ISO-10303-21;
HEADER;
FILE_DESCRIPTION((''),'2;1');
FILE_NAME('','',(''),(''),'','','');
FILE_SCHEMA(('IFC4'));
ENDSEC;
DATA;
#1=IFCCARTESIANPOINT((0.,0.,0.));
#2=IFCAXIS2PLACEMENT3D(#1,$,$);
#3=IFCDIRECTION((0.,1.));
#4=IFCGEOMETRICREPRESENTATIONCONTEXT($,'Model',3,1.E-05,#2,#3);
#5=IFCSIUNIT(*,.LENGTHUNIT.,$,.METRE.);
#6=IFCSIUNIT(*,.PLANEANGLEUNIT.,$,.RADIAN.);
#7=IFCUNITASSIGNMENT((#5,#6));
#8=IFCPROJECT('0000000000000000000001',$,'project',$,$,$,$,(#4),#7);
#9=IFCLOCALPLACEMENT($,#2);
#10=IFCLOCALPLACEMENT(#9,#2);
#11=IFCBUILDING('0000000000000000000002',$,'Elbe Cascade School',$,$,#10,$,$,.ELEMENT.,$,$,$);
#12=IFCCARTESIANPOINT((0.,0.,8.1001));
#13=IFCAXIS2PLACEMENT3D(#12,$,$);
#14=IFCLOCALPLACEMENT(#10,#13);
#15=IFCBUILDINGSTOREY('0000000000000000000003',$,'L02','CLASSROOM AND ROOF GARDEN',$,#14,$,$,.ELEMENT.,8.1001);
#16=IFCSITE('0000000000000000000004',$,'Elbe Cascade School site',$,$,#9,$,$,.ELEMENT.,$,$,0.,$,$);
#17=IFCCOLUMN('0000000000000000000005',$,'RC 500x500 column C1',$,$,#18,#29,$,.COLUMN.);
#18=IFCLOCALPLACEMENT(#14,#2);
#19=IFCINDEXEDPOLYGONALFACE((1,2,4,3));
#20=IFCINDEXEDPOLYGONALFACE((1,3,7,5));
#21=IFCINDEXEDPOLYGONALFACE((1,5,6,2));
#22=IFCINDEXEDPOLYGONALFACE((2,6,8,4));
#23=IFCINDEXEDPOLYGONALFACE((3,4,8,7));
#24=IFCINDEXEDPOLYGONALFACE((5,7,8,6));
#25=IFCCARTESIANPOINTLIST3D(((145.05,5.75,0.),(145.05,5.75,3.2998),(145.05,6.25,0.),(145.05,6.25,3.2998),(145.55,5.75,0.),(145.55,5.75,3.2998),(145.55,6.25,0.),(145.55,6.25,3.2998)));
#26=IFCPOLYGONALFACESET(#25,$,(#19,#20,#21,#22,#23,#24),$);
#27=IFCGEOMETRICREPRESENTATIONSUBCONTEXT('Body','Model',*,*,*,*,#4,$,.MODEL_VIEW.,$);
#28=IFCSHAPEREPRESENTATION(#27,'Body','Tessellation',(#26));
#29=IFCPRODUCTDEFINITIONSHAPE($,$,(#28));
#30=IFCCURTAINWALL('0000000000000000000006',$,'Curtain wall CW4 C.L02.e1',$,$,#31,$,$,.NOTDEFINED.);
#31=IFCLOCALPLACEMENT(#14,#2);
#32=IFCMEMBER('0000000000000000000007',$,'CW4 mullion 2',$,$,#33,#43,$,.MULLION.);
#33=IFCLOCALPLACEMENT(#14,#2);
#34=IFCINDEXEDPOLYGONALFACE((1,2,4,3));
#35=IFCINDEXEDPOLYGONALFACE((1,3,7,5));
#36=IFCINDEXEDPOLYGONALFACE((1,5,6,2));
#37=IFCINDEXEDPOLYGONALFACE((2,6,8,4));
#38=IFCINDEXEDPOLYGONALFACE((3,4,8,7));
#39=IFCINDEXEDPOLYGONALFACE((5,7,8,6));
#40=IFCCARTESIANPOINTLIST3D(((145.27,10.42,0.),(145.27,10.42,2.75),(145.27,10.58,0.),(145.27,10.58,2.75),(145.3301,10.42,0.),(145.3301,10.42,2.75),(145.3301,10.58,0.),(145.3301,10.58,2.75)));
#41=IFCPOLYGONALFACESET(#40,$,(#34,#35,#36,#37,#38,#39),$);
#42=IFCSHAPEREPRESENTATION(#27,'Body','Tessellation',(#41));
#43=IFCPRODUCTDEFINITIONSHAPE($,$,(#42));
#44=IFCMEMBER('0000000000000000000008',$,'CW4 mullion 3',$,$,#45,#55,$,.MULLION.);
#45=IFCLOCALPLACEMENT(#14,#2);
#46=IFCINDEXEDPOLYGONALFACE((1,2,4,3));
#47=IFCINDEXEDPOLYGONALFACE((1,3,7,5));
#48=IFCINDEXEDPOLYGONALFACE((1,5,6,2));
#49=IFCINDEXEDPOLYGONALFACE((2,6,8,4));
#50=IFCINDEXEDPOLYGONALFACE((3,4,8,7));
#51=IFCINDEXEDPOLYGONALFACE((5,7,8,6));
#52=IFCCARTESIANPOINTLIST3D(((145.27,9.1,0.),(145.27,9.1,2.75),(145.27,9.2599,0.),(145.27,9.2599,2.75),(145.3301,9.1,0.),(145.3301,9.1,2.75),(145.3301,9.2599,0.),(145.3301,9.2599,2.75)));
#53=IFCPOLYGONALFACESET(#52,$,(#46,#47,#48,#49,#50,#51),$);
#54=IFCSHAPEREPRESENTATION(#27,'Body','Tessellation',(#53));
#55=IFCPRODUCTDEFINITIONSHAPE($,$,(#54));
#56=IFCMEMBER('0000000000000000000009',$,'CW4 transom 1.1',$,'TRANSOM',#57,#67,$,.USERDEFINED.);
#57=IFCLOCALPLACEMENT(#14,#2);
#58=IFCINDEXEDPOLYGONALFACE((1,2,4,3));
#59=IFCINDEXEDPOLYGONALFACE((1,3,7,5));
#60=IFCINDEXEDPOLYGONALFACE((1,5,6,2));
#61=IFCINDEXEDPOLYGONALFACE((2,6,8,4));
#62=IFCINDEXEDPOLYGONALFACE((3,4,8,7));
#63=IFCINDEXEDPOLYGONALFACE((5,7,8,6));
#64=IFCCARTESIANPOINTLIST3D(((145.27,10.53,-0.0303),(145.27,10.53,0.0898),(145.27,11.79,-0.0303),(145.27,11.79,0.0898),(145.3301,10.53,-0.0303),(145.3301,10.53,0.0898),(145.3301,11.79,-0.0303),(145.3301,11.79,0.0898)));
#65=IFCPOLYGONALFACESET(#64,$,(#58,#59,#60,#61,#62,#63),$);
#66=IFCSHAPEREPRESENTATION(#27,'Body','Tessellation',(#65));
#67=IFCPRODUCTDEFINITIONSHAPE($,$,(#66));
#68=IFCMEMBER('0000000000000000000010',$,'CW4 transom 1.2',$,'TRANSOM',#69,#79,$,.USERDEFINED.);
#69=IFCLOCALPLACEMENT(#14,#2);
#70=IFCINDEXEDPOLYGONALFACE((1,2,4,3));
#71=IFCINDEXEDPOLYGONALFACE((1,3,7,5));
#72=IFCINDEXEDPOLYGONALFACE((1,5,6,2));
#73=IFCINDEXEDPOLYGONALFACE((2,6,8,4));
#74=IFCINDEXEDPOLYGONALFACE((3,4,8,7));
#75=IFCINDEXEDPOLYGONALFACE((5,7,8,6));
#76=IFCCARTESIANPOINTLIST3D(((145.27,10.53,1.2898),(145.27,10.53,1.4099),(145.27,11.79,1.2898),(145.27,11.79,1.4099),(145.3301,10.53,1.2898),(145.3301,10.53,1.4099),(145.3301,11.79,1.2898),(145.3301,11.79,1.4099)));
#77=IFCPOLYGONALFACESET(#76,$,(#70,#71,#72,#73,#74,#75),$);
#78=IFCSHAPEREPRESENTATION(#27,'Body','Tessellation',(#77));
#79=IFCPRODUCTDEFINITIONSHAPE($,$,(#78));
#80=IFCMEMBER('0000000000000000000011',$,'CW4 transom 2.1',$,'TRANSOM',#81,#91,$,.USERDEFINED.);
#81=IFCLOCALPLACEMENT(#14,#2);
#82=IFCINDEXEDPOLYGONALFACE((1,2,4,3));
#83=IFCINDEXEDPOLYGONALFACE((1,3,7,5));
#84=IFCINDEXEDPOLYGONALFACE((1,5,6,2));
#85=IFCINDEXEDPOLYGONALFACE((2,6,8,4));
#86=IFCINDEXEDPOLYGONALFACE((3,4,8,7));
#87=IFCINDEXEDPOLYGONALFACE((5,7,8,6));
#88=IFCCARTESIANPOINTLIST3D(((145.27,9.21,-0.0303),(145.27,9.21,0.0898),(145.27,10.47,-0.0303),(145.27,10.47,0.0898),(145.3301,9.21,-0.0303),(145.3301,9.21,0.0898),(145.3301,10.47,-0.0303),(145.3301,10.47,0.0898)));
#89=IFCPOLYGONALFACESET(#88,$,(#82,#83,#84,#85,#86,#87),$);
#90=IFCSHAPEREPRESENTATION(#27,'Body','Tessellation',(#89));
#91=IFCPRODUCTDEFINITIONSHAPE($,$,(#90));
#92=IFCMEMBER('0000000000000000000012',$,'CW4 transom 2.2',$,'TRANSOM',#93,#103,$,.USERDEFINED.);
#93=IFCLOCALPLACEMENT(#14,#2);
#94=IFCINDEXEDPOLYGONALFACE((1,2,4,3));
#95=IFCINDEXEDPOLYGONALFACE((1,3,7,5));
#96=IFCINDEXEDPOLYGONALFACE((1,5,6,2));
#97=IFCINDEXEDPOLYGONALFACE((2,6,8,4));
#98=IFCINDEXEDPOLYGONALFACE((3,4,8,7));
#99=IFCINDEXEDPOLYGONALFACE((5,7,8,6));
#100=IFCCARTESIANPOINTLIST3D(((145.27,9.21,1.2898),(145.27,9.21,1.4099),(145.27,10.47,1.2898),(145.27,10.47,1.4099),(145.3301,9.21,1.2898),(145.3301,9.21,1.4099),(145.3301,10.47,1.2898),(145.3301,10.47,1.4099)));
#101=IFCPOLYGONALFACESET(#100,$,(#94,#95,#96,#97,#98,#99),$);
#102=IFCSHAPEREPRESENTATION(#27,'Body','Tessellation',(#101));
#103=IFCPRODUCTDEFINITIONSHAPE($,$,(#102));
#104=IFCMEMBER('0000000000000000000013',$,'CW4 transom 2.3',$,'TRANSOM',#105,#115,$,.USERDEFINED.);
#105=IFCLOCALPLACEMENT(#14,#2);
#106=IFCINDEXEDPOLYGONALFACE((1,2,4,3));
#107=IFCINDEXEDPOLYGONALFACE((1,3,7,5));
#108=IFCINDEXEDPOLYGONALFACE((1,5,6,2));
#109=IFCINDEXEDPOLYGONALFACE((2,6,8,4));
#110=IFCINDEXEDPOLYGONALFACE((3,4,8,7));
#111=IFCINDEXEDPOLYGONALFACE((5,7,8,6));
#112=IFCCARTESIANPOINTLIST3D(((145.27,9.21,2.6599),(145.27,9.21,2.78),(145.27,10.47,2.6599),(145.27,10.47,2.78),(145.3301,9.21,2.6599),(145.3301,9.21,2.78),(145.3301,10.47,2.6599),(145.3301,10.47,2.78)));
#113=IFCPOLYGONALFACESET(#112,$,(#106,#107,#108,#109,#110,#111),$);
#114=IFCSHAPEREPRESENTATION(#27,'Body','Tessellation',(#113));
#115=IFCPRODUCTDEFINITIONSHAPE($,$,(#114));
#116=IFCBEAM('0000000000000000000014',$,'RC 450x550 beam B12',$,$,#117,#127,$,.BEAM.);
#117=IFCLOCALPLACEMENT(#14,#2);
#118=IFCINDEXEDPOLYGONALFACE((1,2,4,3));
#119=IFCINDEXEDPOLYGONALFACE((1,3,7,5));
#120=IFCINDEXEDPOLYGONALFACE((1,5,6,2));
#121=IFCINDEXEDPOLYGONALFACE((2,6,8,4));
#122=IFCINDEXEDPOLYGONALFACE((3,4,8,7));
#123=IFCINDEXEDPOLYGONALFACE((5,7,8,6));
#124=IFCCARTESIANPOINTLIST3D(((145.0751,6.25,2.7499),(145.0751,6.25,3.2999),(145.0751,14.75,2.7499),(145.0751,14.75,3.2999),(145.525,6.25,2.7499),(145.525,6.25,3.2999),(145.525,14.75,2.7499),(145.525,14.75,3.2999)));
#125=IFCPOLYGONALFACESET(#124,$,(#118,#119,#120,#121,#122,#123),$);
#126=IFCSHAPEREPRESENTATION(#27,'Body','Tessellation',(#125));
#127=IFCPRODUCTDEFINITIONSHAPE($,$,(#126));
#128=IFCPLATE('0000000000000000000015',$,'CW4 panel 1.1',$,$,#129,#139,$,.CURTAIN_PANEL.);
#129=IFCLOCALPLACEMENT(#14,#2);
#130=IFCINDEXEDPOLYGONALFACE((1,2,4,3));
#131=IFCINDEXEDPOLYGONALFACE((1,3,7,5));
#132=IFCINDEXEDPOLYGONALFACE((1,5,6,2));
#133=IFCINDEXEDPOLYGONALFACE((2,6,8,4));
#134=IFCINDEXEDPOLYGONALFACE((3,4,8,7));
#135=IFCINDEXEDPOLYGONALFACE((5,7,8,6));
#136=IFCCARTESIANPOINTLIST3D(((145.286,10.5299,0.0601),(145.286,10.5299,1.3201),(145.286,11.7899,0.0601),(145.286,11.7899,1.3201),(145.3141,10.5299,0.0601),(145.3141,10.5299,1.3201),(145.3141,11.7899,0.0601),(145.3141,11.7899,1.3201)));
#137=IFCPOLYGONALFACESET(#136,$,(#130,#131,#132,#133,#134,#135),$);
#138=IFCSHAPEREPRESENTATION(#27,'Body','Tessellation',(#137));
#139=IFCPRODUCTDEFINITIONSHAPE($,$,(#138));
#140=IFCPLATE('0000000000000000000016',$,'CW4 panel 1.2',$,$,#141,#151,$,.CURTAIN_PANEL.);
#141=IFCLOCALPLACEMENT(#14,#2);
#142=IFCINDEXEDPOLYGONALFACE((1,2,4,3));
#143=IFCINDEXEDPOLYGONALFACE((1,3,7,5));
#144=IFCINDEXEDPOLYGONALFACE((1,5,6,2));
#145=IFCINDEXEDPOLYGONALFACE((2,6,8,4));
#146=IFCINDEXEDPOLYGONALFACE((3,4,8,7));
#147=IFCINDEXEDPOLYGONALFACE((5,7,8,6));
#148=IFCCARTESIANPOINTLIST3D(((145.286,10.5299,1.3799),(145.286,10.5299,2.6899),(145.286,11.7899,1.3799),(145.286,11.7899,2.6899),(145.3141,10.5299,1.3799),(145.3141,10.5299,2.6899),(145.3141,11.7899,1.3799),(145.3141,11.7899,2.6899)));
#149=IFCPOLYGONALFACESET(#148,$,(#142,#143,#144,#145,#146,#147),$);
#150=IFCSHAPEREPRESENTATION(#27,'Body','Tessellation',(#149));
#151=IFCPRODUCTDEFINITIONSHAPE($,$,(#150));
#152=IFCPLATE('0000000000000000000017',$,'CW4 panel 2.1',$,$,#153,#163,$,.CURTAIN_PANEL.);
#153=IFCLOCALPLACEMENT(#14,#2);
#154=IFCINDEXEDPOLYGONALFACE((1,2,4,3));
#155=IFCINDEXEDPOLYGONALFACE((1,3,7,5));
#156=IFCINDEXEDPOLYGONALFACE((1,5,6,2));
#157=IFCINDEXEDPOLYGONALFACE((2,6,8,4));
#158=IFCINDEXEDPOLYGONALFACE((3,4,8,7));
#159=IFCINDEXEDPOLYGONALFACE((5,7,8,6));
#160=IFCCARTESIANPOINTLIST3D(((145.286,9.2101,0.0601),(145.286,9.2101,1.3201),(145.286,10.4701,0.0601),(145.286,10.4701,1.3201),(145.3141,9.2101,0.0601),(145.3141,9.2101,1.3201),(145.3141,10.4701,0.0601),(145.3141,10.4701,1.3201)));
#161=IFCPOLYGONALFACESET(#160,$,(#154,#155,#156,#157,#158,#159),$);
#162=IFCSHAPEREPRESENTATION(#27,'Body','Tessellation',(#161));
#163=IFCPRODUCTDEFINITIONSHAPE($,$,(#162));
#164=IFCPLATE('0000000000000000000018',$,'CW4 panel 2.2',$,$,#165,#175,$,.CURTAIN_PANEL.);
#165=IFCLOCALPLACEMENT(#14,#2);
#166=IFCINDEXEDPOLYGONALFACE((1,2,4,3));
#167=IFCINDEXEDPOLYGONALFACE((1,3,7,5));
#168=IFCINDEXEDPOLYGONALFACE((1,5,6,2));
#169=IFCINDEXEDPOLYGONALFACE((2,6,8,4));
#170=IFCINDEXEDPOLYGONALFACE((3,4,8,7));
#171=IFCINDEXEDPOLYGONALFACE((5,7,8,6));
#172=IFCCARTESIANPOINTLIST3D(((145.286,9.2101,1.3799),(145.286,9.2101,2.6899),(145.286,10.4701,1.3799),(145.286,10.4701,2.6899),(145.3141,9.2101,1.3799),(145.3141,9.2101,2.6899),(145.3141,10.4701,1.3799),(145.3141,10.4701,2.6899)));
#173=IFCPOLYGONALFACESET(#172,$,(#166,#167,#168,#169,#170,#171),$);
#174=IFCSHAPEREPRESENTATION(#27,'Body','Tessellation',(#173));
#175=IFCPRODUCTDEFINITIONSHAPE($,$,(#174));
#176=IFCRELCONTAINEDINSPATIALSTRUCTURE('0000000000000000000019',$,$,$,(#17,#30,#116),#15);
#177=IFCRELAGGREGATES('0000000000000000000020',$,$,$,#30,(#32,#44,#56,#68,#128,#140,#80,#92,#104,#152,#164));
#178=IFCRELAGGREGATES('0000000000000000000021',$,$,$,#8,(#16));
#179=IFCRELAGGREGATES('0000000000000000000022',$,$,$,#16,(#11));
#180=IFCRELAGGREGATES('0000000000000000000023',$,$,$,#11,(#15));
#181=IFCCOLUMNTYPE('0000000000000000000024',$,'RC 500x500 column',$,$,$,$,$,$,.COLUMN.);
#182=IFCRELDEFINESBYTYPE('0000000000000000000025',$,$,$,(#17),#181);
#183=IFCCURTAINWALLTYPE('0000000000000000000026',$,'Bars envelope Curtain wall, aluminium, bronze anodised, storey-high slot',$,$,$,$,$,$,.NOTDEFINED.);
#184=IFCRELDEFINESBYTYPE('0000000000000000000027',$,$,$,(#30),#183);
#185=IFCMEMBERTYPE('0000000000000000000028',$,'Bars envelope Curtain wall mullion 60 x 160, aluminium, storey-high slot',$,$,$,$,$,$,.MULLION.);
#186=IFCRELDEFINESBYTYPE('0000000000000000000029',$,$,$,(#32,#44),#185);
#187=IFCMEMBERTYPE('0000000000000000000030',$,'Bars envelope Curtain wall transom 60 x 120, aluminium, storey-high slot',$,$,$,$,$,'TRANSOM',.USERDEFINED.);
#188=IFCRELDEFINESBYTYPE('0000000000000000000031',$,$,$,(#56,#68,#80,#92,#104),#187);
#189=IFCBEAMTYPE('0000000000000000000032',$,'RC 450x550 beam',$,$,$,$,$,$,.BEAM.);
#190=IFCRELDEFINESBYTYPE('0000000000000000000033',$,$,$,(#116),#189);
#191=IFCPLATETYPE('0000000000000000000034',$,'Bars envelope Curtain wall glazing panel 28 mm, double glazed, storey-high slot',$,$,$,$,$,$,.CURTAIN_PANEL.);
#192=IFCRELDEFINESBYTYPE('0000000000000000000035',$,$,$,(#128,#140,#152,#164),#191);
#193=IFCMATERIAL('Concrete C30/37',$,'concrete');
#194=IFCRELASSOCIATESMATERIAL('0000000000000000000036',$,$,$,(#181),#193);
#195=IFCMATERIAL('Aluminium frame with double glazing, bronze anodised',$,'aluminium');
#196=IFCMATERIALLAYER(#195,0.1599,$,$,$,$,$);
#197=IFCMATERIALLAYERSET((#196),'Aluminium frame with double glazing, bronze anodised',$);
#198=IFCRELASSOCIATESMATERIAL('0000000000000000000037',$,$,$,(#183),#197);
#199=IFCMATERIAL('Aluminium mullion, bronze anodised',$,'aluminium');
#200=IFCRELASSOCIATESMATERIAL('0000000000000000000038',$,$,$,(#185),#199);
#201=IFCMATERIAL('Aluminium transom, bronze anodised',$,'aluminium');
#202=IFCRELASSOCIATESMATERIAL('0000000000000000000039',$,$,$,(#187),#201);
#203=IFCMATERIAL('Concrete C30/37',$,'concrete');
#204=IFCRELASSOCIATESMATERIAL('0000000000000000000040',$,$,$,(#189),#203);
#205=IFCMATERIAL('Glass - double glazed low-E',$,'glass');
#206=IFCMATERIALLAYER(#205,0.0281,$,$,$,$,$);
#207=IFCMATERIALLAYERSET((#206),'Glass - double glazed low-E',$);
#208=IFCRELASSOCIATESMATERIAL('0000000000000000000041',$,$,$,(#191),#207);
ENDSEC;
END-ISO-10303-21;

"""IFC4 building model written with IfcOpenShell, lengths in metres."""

from ifc_helpers import new_model, si_unit, direction, frame, origin, origin_2d, place, context, subcontext, project, spatial, rectangle, extrude, material, layer, layer_set, material_profile, profile_set, type_object, element, aggregate, save


model = new_model("IFC4")

# Units and contexts
model_context = context("Model", 3, precision=1e-05, world=origin(), true_north=direction((0.0, 1.0)))
body_context = subcontext(model_context, "Body", "Model", "MODEL_VIEW")
ifc_project = project(units=[si_unit("LENGTHUNIT", "METRE"), si_unit("PLANEANGLEUNIT", "RADIAN")], contexts=[model_context])

# Site, building, storey
site_placement = place(None, origin())
site = spatial("IfcSite", under=ifc_project, at=site_placement, Name="Elbe Cascade School site", CompositionType="ELEMENT", RefElevation=0.0)
building_placement = place(site_placement, origin())
building = spatial("IfcBuilding", under=site, at=building_placement, Name="Elbe Cascade School", CompositionType="ELEMENT")
storey_placement = place(building_placement, frame((0.0, 0.0, 8.1001)))
storey = spatial("IfcBuildingStorey", under=building, at=storey_placement, Name="L02", Description="CLASSROOM AND ROOF GARDEN", CompositionType="ELEMENT", Elevation=8.1001)

# Column
ifc_material_1 = material(Name="Concrete C30/37", Category="concrete")
ifc_material_profile_1 = material_profile(ifc_material_1, rectangle(XDim=0.5, YDim=0.5, at=origin_2d()), Name="RC 500x500")
ifc_profile_set_1 = profile_set([ifc_material_profile_1], Name="Concrete C30/37")
column_type = type_object("IfcColumnType", Name="RC 500x500 column", PredefinedType="COLUMN", material=ifc_profile_set_1)
column_placement = place(storey_placement, frame((145.3, 6.0, 0.0), z_axis=(0.0, 0.0, 1.0), x_axis=(1.0, 0.0, 0.0)))
element("IfcColumn", 1, at=column_placement, inside=storey, type_object=column_type, Name="RC 500x500 column C1", PredefinedType="COLUMN", context=body_context, shape_type="SweptSolid", body=[
    extrude(rectangle(XDim=0.5, YDim=0.5, at=origin_2d()), origin(), (0.0, 0.0, 1.0), 3.2998),
])

# Curtain wall, members
ifc_material_2 = material(Name="Aluminium frame with double glazing, bronze anodised", Category="aluminium")
ifc_layer_1 = layer(ifc_material_2, 0.1599)
ifc_layer_set_1 = layer_set([ifc_layer_1], Name="Aluminium frame with double glazing, bronze anodised")
curtain_wall_type = type_object("IfcCurtainWallType", Name="Bars envelope Curtain wall, aluminium, bronze anodised, storey-high slot", PredefinedType="NOTDEFINED", material=ifc_layer_set_1)
curtain_wall_placement = place(storey_placement, origin())
curtain_wall = element("IfcCurtainWall", 2, at=curtain_wall_placement, inside=storey, type_object=curtain_wall_type, Name="Curtain wall CW4 C.L02.e1", PredefinedType="NOTDEFINED")
ifc_material_3 = material(Name="Aluminium mullion, bronze anodised", Category="aluminium")
ifc_material_profile_2 = material_profile(ifc_material_3, rectangle(XDim=0.0601, YDim=0.1599, at=origin_2d()), Name="Bars envelope Curtain wall mullion 60 x 160, aluminium, storey-high slot")
ifc_profile_set_2 = profile_set([ifc_material_profile_2], Name="Aluminium mullion, bronze anodised")
member_type_1 = type_object("IfcMemberType", Name="Bars envelope Curtain wall mullion 60 x 160, aluminium, storey-high slot", PredefinedType="MULLION", material=ifc_profile_set_2)
member_1_placement = place(storey_placement, frame((145.3, 10.5, 0.0), z_axis=(0.0, 0.0, 1.0), x_axis=(1.0, 0.0, 0.0)))
member_1 = element("IfcMember", 3, at=member_1_placement, type_object=member_type_1, Name="CW4 mullion 2", PredefinedType="MULLION", context=body_context, shape_type="SweptSolid", body=[
    extrude(rectangle(XDim=0.0601, YDim=0.1599, at=origin_2d()), origin(), (0.0, 0.0, 1.0), 2.75),
])
member_2_placement = place(storey_placement, frame((145.3, 9.1799, 0.0), z_axis=(0.0, 0.0, 1.0), x_axis=(1.0, 0.0, 0.0)))
member_2 = element("IfcMember", 4, at=member_2_placement, type_object=member_type_1, Name="CW4 mullion 3", PredefinedType="MULLION", context=body_context, shape_type="SweptSolid", body=[
    extrude(rectangle(XDim=0.0601, YDim=0.1599, at=origin_2d()), origin(), (0.0, 0.0, 1.0), 2.75),
])
ifc_material_4 = material(Name="Aluminium transom, bronze anodised", Category="aluminium")
ifc_material_profile_3 = material_profile(ifc_material_4, rectangle(XDim=0.0601, YDim=0.1201, at=origin_2d()), Name="Bars envelope Curtain wall transom 60 x 120, aluminium, storey-high slot")
ifc_profile_set_3 = profile_set([ifc_material_profile_3], Name="Aluminium transom, bronze anodised")
member_type_2 = type_object("IfcMemberType", Name="Bars envelope Curtain wall transom 60 x 120, aluminium, storey-high slot", ElementType="TRANSOM", PredefinedType="USERDEFINED", material=ifc_profile_set_3)
member_3_placement = place(storey_placement, frame((145.3, 11.79, 0.0298), z_axis=(0.0, -1.0, 0.0), x_axis=(1.0, 0.0, 0.0)))
member_3 = element("IfcMember", 5, at=member_3_placement, type_object=member_type_2, Name="CW4 transom 1.1", ObjectType="TRANSOM", PredefinedType="USERDEFINED", context=body_context, shape_type="SweptSolid", body=[
    extrude(rectangle(XDim=0.0601, YDim=0.1201, at=origin_2d()), origin(), (0.0, 0.0, 1.0), 1.26),
])
member_4_placement = place(storey_placement, frame((145.3, 11.79, 1.3499), z_axis=(0.0, -1.0, 0.0), x_axis=(1.0, 0.0, 0.0)))
member_4 = element("IfcMember", 6, at=member_4_placement, type_object=member_type_2, Name="CW4 transom 1.2", ObjectType="TRANSOM", PredefinedType="USERDEFINED", context=body_context, shape_type="SweptSolid", body=[
    extrude(rectangle(XDim=0.0601, YDim=0.1201, at=origin_2d()), origin(), (0.0, 0.0, 1.0), 1.26),
])
member_5_placement = place(storey_placement, frame((145.3, 10.47, 0.0298), z_axis=(0.0, -1.0, 0.0), x_axis=(1.0, 0.0, 0.0)))
member_5 = element("IfcMember", 7, at=member_5_placement, type_object=member_type_2, Name="CW4 transom 2.1", ObjectType="TRANSOM", PredefinedType="USERDEFINED", context=body_context, shape_type="SweptSolid", body=[
    extrude(rectangle(XDim=0.0601, YDim=0.1201, at=origin_2d()), origin(), (0.0, 0.0, 1.0), 1.26),
])
member_6_placement = place(storey_placement, frame((145.3, 10.47, 1.3499), z_axis=(0.0, -1.0, 0.0), x_axis=(1.0, 0.0, 0.0)))
member_6 = element("IfcMember", 8, at=member_6_placement, type_object=member_type_2, Name="CW4 transom 2.2", ObjectType="TRANSOM", PredefinedType="USERDEFINED", context=body_context, shape_type="SweptSolid", body=[
    extrude(rectangle(XDim=0.0601, YDim=0.1201, at=origin_2d()), origin(), (0.0, 0.0, 1.0), 1.26),
])
member_7_placement = place(storey_placement, frame((145.3, 10.47, 2.72), z_axis=(0.0, -1.0, 0.0), x_axis=(1.0, 0.0, 0.0)))
member_7 = element("IfcMember", 9, at=member_7_placement, type_object=member_type_2, Name="CW4 transom 2.3", ObjectType="TRANSOM", PredefinedType="USERDEFINED", context=body_context, shape_type="SweptSolid", body=[
    extrude(rectangle(XDim=0.0601, YDim=0.1201, at=origin_2d()), origin(), (0.0, 0.0, 1.0), 1.26),
])

# Beam
ifc_material_5 = material(Name="Concrete C30/37", Category="concrete")
ifc_material_profile_4 = material_profile(ifc_material_5, rectangle(XDim=0.45, YDim=0.55, at=origin_2d()), Name="RC 450x550")
ifc_profile_set_4 = profile_set([ifc_material_profile_4], Name="Concrete C30/37")
beam_type = type_object("IfcBeamType", Name="RC 450x550 beam", PredefinedType="BEAM", material=ifc_profile_set_4)
beam_placement = place(storey_placement, frame((145.3, 6.25, 3.0249), z_axis=(0.0, 1.0, 0.0), x_axis=(-1.0, 0.0, 0.0)))
element("IfcBeam", 10, at=beam_placement, inside=storey, type_object=beam_type, Name="RC 450x550 beam B12", PredefinedType="BEAM", context=body_context, shape_type="SweptSolid", body=[
    extrude(rectangle(XDim=0.45, YDim=0.55, at=origin_2d()), origin(), (0.0, 0.0, 1.0), 8.5),
])

# Plates
ifc_material_6 = material(Name="Glass - double glazed low-E", Category="glass")
ifc_layer_2 = layer(ifc_material_6, 0.0281)
ifc_layer_set_2 = layer_set([ifc_layer_2], Name="Glass - double glazed low-E")
plate_type = type_object("IfcPlateType", Name="Bars envelope Curtain wall glazing panel 28 mm, double glazed, storey-high slot", PredefinedType="CURTAIN_PANEL", material=ifc_layer_set_2)
plate_1_placement = place(storey_placement, frame((145.3, 11.1599, 0.0601), z_axis=(0.0, 0.0, 1.0), x_axis=(0.0, -1.0, 0.0)))
plate_1 = element("IfcPlate", 11, at=plate_1_placement, type_object=plate_type, Name="CW4 panel 1.1", PredefinedType="CURTAIN_PANEL", context=body_context, shape_type="SweptSolid", body=[
    extrude(rectangle(XDim=1.26, YDim=0.0281, at=origin_2d()), origin(), (0.0, 0.0, 1.0), 1.26),
])
plate_2_placement = place(storey_placement, frame((145.3, 11.1599, 1.3799), z_axis=(0.0, 0.0, 1.0), x_axis=(0.0, -1.0, 0.0)))
plate_2 = element("IfcPlate", 12, at=plate_2_placement, type_object=plate_type, Name="CW4 panel 1.2", PredefinedType="CURTAIN_PANEL", context=body_context, shape_type="SweptSolid", body=[
    extrude(rectangle(XDim=1.26, YDim=0.0281, at=origin_2d()), origin(), (0.0, 0.0, 1.0), 1.3101),
])
plate_3_placement = place(storey_placement, frame((145.3, 9.8401, 0.0601), z_axis=(0.0, 0.0, 1.0), x_axis=(0.0, -1.0, 0.0)))
plate_3 = element("IfcPlate", 13, at=plate_3_placement, type_object=plate_type, Name="CW4 panel 2.1", PredefinedType="CURTAIN_PANEL", context=body_context, shape_type="SweptSolid", body=[
    extrude(rectangle(XDim=1.26, YDim=0.0281, at=origin_2d()), origin(), (0.0, 0.0, 1.0), 1.26),
])
plate_4_placement = place(storey_placement, frame((145.3, 9.8401, 1.3799), z_axis=(0.0, 0.0, 1.0), x_axis=(0.0, -1.0, 0.0)))
plate_4 = element("IfcPlate", 14, at=plate_4_placement, type_object=plate_type, Name="CW4 panel 2.2", PredefinedType="CURTAIN_PANEL", context=body_context, shape_type="SweptSolid", body=[
    extrude(rectangle(XDim=1.26, YDim=0.0281, at=origin_2d()), origin(), (0.0, 0.0, 1.0), 1.3101),
])
aggregate(curtain_wall, [member_1, member_2, member_3, member_4, plate_1, plate_2, member_5, member_6, member_7, plate_3, plate_4])

save(model, "model.ifc")
